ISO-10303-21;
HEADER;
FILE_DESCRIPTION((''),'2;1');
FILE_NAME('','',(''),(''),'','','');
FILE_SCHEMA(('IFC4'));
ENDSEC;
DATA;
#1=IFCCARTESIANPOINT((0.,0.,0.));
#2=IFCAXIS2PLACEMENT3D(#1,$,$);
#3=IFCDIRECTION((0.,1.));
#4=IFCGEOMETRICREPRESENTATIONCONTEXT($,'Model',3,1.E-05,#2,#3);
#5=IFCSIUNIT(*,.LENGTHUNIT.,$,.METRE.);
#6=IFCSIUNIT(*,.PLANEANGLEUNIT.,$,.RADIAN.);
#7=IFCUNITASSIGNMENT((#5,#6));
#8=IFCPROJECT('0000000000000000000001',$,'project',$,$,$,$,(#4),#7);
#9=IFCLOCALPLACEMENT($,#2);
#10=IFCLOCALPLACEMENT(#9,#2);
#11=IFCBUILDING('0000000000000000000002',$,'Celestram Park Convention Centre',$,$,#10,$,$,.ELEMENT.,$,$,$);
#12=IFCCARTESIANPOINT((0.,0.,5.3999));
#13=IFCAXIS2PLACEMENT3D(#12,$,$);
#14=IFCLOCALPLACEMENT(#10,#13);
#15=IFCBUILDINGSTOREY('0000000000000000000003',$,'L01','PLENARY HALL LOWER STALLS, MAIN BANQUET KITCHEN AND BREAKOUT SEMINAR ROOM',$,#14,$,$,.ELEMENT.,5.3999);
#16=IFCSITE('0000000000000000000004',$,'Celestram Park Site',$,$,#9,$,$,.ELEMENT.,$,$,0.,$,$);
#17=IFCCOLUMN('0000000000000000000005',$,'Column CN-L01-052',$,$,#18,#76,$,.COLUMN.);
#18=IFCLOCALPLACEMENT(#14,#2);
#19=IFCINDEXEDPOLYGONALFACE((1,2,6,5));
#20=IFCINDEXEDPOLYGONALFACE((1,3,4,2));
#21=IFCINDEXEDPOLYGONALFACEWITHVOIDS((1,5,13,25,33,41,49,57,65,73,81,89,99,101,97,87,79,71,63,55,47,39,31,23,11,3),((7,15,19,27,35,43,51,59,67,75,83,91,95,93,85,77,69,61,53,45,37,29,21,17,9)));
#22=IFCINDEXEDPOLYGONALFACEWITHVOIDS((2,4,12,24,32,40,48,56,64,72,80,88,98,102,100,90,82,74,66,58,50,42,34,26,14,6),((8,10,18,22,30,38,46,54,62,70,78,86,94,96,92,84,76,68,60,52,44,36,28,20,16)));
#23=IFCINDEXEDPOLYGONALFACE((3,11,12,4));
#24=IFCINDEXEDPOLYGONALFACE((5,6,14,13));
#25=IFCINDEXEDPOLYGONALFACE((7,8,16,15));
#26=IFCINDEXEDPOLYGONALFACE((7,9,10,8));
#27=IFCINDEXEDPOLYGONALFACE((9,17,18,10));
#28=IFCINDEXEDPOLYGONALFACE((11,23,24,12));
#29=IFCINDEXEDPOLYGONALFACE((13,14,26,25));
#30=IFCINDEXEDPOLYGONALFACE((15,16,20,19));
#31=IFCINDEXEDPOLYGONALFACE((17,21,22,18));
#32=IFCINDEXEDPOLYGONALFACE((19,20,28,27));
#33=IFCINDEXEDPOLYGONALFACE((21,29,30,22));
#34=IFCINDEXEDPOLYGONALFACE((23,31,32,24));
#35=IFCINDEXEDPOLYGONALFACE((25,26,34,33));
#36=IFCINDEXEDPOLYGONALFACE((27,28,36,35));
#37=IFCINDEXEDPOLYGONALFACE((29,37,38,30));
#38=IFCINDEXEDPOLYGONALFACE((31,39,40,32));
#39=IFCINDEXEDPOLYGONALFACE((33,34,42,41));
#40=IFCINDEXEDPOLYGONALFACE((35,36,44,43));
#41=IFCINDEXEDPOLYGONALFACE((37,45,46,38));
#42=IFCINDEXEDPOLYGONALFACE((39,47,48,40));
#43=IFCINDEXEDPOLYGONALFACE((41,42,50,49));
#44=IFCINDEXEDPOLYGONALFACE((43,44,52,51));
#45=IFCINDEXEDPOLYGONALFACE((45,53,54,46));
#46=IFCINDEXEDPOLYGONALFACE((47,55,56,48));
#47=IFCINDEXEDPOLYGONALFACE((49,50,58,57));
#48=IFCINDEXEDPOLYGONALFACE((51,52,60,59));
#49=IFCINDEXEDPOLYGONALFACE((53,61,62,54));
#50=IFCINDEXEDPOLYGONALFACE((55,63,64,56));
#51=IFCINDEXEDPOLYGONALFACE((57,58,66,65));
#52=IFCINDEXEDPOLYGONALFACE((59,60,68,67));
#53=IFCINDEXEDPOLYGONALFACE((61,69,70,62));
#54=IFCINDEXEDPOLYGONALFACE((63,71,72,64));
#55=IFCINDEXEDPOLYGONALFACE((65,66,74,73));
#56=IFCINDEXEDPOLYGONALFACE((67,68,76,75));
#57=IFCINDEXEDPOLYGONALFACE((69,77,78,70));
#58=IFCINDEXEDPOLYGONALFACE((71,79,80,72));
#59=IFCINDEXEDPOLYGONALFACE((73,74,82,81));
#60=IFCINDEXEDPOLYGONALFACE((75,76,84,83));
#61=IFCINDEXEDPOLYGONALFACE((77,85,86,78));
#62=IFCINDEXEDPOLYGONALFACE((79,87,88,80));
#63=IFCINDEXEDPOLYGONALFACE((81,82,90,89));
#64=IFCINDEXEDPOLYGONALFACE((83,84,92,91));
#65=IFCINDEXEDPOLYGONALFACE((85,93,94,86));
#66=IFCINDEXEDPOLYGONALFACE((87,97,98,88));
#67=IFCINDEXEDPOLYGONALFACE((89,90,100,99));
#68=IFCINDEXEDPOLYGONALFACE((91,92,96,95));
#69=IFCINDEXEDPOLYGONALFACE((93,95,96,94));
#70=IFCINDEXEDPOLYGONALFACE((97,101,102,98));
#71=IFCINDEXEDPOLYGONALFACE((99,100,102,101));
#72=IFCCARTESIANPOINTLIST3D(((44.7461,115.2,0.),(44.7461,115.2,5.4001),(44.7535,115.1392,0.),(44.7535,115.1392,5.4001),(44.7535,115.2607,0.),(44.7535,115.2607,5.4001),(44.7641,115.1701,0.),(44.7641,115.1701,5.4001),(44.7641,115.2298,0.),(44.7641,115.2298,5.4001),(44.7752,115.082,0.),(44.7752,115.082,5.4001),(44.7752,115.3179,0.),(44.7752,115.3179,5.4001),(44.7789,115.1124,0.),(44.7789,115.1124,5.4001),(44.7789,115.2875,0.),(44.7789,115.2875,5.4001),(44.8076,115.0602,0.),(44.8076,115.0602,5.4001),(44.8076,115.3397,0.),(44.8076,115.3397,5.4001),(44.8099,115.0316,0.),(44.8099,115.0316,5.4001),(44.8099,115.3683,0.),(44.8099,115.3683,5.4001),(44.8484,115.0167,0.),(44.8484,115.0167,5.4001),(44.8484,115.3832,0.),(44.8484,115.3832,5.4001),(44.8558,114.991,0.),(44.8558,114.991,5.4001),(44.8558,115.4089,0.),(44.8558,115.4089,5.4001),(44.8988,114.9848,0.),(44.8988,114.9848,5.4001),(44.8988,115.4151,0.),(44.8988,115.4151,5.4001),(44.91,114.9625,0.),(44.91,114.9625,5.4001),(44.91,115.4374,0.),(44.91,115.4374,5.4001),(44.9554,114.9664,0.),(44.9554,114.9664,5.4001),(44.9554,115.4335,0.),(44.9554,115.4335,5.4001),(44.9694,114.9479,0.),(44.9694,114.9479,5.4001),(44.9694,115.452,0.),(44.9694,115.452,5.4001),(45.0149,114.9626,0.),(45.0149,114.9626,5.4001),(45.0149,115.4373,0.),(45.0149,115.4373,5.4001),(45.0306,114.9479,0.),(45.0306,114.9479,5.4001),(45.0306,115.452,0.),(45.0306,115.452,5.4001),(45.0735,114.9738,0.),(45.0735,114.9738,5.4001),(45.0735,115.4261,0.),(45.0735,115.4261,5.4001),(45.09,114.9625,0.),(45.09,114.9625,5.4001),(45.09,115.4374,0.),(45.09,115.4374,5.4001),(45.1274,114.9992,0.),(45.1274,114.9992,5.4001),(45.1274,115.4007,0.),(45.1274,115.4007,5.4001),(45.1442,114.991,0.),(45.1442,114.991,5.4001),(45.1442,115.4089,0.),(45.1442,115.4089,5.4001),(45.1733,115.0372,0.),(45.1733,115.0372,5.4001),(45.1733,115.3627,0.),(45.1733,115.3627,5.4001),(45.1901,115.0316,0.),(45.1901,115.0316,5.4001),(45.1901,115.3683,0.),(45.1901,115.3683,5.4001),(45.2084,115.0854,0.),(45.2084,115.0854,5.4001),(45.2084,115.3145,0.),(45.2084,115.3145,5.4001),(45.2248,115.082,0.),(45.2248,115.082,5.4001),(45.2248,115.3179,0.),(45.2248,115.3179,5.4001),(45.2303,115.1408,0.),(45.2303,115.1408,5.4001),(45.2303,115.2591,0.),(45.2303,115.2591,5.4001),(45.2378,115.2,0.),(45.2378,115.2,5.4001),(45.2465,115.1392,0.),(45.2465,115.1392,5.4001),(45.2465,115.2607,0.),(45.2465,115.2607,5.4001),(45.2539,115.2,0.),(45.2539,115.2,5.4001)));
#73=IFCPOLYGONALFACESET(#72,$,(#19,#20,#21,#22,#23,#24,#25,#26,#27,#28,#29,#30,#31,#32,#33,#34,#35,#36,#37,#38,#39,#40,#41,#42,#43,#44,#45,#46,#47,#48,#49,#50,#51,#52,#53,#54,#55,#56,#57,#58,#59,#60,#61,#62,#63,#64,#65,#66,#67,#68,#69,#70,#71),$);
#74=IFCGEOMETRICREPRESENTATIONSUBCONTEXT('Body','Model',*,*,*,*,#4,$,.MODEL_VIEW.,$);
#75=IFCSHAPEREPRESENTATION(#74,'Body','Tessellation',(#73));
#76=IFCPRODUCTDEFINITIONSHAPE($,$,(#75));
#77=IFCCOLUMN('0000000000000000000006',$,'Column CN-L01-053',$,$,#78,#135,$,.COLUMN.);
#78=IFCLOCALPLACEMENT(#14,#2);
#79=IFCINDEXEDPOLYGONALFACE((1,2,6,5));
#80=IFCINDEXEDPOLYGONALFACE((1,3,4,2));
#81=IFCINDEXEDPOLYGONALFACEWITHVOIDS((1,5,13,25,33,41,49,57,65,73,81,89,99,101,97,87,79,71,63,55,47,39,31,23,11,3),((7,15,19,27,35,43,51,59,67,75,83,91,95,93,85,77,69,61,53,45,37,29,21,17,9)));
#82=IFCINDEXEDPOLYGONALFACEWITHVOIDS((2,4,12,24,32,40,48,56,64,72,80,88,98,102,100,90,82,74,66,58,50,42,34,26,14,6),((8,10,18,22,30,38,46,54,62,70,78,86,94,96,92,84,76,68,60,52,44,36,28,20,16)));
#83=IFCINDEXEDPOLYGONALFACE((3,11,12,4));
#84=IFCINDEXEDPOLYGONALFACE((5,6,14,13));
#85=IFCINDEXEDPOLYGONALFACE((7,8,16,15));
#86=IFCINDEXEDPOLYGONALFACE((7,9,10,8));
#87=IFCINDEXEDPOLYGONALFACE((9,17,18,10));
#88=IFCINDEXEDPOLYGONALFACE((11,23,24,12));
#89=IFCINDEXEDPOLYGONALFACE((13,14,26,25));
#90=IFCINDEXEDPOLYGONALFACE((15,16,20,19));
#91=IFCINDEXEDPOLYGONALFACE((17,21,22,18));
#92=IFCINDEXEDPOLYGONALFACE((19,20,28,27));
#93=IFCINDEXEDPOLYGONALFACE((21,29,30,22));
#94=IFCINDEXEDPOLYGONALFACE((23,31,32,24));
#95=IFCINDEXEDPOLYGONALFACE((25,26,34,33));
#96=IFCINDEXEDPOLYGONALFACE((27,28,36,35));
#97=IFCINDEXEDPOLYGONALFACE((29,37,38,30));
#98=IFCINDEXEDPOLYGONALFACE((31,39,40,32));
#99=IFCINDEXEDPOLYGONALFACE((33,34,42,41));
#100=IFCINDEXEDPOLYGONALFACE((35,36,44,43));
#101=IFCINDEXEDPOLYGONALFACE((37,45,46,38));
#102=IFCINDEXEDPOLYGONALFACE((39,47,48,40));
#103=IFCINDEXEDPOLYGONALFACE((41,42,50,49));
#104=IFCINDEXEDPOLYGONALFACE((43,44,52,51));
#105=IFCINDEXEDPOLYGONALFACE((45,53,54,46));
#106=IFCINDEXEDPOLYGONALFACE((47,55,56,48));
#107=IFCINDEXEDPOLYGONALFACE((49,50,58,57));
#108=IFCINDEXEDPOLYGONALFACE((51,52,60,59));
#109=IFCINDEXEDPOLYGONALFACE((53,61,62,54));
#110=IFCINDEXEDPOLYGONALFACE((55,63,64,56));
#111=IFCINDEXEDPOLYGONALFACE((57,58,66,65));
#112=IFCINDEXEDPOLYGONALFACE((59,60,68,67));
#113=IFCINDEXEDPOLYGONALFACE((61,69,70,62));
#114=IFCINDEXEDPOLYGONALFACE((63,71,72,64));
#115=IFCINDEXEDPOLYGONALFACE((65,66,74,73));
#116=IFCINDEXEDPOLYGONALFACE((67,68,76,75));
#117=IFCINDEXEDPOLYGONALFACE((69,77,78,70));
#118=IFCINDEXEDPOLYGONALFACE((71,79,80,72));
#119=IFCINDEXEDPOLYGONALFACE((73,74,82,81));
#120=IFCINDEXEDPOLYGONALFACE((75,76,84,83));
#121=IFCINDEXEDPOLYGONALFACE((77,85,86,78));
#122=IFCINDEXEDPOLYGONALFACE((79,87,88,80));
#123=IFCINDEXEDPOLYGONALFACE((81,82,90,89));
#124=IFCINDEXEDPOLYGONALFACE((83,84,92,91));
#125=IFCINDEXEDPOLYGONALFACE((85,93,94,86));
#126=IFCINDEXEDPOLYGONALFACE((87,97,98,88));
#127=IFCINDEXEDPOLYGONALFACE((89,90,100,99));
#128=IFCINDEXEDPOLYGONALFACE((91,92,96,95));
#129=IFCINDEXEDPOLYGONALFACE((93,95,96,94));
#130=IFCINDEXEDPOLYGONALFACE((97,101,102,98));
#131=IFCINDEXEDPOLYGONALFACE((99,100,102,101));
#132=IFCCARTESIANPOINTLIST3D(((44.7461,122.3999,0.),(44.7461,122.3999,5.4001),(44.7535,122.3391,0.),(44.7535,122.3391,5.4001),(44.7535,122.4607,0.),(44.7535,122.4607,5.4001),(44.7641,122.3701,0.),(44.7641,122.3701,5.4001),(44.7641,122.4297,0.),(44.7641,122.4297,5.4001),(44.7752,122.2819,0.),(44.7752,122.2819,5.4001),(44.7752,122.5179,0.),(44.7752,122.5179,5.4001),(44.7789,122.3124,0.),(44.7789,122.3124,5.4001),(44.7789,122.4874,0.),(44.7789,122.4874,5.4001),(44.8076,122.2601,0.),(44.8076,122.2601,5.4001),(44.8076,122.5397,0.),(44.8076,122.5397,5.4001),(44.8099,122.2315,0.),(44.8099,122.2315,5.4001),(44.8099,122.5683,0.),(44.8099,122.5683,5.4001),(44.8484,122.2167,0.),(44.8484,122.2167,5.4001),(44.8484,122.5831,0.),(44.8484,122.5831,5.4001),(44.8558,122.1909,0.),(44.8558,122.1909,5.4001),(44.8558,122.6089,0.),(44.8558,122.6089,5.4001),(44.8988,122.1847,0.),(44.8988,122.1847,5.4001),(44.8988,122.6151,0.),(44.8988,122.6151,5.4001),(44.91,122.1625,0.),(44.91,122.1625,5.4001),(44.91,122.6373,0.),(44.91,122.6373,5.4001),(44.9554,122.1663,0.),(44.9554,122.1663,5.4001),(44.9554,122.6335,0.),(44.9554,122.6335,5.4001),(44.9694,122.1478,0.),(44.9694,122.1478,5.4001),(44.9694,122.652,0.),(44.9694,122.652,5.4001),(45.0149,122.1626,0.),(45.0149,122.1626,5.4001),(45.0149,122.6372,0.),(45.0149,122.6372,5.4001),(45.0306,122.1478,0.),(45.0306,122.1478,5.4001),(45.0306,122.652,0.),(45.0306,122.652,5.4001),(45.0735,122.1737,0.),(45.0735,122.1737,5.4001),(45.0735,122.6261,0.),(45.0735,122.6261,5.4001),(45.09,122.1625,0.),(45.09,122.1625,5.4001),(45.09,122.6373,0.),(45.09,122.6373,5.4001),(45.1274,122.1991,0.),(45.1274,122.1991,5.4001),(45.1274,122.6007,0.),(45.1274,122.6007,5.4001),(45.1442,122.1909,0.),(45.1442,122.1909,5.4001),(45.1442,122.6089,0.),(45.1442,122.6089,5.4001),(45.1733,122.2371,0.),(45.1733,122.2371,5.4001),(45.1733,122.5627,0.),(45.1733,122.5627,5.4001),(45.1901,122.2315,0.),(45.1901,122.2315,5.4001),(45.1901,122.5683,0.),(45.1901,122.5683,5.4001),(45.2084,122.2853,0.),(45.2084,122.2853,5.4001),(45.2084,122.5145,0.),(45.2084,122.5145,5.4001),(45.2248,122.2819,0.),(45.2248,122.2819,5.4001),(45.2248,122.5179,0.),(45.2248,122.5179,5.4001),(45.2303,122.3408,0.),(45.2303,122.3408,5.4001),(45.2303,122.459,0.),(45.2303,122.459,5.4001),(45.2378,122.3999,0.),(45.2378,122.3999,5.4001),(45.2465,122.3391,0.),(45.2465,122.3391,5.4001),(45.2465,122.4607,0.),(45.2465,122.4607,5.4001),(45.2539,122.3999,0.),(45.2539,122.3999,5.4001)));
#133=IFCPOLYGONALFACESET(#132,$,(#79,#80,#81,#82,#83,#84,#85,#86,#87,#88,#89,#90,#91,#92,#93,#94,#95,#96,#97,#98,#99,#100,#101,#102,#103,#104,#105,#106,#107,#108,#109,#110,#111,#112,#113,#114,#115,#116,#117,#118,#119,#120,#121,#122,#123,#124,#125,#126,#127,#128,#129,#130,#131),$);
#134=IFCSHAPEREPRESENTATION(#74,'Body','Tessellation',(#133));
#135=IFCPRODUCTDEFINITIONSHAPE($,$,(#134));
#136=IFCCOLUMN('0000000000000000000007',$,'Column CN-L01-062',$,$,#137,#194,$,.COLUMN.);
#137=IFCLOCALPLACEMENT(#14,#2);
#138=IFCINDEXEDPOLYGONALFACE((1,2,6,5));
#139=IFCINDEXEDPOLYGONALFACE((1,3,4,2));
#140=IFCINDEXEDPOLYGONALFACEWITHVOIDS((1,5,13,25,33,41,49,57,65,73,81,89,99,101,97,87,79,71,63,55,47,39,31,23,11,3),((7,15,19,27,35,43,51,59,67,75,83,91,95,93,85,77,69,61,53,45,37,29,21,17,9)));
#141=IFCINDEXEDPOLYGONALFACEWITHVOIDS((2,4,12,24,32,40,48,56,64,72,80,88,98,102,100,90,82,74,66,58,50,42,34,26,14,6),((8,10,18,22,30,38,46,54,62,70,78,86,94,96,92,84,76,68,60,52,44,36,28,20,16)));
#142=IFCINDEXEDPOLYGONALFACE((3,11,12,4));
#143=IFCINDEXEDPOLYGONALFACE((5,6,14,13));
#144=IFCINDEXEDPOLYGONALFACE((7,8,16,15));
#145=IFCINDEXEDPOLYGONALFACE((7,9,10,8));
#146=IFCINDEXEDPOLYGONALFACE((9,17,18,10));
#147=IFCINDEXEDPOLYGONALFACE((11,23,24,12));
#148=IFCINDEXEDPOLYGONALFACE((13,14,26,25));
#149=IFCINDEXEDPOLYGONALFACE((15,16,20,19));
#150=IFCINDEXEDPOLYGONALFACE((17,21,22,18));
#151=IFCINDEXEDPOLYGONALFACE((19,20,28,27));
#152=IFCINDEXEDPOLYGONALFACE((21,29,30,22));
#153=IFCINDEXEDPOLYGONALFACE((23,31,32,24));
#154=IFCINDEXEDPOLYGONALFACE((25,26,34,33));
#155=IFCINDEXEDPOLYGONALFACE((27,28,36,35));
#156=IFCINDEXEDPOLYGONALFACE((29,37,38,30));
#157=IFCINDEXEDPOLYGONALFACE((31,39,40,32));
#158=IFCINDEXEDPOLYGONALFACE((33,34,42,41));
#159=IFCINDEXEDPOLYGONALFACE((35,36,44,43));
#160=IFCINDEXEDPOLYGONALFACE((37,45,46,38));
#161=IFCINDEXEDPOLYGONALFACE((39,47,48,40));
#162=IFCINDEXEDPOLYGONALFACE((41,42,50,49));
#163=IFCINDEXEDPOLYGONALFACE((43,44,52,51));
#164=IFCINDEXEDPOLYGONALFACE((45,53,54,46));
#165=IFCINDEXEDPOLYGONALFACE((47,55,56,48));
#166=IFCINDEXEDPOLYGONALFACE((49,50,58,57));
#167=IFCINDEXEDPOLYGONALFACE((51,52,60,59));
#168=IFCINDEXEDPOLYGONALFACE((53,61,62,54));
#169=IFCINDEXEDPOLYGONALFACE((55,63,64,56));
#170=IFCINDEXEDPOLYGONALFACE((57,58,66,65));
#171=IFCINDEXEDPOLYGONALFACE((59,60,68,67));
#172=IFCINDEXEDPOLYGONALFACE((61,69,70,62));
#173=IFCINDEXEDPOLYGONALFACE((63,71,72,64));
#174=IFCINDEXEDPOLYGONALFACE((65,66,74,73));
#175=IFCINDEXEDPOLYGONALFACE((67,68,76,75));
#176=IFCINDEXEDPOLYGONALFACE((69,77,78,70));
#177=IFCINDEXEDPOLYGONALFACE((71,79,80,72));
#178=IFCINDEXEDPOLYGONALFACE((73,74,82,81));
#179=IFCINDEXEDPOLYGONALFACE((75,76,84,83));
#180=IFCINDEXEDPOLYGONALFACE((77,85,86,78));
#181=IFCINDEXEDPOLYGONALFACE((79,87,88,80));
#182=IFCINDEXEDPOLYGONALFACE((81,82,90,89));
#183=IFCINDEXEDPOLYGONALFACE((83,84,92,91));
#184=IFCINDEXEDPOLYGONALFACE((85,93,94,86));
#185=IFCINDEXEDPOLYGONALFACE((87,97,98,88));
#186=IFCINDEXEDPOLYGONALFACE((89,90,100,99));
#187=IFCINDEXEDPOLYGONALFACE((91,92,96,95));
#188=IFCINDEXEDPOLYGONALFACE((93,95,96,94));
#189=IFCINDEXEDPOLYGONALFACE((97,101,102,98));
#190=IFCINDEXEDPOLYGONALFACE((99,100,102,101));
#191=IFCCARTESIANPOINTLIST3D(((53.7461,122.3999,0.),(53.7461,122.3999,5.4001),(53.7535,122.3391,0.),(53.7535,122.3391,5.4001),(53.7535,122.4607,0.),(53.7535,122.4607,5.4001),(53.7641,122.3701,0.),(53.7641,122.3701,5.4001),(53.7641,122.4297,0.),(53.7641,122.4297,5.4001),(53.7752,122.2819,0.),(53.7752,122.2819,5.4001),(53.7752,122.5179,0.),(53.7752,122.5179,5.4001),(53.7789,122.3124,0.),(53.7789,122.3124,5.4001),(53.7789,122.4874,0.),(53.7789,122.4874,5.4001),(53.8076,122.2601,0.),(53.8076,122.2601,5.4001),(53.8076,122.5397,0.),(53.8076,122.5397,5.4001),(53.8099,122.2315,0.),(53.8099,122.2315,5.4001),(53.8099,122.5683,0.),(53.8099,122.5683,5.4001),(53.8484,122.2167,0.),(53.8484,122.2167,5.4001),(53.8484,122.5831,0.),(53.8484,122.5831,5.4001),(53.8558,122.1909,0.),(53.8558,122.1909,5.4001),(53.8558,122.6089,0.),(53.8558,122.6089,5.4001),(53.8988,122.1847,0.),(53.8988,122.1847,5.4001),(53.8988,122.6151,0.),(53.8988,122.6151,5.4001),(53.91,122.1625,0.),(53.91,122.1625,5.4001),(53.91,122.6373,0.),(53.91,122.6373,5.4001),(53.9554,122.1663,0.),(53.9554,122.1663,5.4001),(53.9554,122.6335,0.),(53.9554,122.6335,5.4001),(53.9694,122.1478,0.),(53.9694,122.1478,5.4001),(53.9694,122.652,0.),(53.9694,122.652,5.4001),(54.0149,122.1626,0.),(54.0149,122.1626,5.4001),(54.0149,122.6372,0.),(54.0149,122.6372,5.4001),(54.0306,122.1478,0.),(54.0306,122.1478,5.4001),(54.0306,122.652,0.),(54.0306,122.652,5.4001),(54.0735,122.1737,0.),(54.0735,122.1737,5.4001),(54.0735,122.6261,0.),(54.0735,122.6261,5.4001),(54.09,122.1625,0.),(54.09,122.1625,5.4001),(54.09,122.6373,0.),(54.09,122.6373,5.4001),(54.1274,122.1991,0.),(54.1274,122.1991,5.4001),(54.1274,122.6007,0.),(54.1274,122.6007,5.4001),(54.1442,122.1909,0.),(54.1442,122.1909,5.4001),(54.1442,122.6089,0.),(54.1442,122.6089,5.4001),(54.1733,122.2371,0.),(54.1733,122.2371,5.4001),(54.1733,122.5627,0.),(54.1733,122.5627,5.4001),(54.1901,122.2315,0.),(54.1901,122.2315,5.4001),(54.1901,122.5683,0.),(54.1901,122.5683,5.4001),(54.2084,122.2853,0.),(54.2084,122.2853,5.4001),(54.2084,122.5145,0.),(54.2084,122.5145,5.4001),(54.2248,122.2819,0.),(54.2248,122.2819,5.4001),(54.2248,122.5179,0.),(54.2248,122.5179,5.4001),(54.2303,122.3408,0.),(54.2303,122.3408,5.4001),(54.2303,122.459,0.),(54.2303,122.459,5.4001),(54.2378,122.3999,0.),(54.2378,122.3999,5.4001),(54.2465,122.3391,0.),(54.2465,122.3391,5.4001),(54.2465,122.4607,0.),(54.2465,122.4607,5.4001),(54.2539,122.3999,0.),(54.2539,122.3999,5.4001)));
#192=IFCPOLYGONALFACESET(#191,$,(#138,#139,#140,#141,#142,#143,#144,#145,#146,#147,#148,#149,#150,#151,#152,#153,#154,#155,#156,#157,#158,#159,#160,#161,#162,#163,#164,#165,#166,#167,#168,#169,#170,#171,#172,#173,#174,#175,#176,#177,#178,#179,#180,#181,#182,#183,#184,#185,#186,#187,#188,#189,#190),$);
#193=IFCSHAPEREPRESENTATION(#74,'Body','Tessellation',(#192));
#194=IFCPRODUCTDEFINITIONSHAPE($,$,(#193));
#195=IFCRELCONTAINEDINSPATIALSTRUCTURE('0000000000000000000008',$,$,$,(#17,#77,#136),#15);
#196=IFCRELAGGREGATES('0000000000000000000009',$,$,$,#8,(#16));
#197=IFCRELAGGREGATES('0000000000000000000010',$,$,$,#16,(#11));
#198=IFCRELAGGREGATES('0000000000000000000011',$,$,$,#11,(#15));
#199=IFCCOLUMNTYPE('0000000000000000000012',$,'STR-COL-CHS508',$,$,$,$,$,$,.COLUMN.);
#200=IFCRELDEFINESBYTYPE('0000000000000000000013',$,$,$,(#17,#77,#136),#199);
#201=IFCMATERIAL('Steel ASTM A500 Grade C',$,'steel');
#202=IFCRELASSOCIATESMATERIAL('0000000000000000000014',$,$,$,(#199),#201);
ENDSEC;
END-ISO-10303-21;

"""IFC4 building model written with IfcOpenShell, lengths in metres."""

from ifc_helpers import new_model, si_unit, direction, frame, origin, origin_2d, place, context, subcontext, project, spatial, hollow_circle, extrude, material, material_profile, profile_set, type_object, element, save


model = new_model("IFC4")

# Units and contexts
model_context = context("Model", 3, precision=1e-05, world=origin(), true_north=direction((0.0, 1.0)))
body_context = subcontext(model_context, "Body", "Model", "MODEL_VIEW")
ifc_project = project(units=[si_unit("LENGTHUNIT", "METRE"), si_unit("PLANEANGLEUNIT", "RADIAN")], contexts=[model_context])

# Site, building, storey
site_placement = place(None, origin())
site = spatial("IfcSite", under=ifc_project, at=site_placement, Name="Celestram Park Site", CompositionType="ELEMENT", RefElevation=0.0)
building_placement = place(site_placement, origin())
building = spatial("IfcBuilding", under=site, at=building_placement, Name="Celestram Park Convention Centre", CompositionType="ELEMENT")
storey_placement = place(building_placement, frame((0.0, 0.0, 5.3999)))
storey = spatial("IfcBuildingStorey", under=building, at=storey_placement, Name="L01", Description="PLENARY HALL LOWER STALLS, MAIN BANQUET KITCHEN AND BREAKOUT SEMINAR ROOM", CompositionType="ELEMENT", Elevation=5.3999)

# Columns
ifc_material_1 = material(Name="Steel ASTM A500 Grade C", Category="steel")
ifc_material_profile_1 = material_profile(ifc_material_1, hollow_circle(Radius=0.2539, WallThickness=0.0161, at=origin_2d()), Name="CHS508X16")
ifc_profile_set_1 = profile_set([ifc_material_profile_1], Name="Steel ASTM A500 Grade C")
column_type = type_object("IfcColumnType", Name="STR-COL-CHS508", PredefinedType="COLUMN", material=ifc_profile_set_1)
for number, where, z_axis, x_axis, name in (
    (1, (45.0, 115.2, 0.0), (0.0, 0.0, 1.0), (1.0, 0.0, 0.0), "Column CN-L01-052"),
    (2, (45.0, 122.3999, 0.0), (0.0, 0.0, 1.0), (1.0, 0.0, 0.0), "Column CN-L01-053"),
    (3, (54.0, 122.3999, 0.0), (0.0, 0.0, 1.0), (1.0, 0.0, 0.0), "Column CN-L01-062"),
):
    element("IfcColumn", number, at=place(storey_placement, frame(where, z_axis=z_axis, x_axis=x_axis)), inside=storey, type_object=column_type, Name=name, PredefinedType="COLUMN", context=body_context, shape_type="SweptSolid", body=[
        extrude(hollow_circle(Radius=0.2539, WallThickness=0.0161, at=origin_2d()), origin(), (0.0, 0.0, 1.0), 5.4001),
    ])

save(model, "model.ifc")
